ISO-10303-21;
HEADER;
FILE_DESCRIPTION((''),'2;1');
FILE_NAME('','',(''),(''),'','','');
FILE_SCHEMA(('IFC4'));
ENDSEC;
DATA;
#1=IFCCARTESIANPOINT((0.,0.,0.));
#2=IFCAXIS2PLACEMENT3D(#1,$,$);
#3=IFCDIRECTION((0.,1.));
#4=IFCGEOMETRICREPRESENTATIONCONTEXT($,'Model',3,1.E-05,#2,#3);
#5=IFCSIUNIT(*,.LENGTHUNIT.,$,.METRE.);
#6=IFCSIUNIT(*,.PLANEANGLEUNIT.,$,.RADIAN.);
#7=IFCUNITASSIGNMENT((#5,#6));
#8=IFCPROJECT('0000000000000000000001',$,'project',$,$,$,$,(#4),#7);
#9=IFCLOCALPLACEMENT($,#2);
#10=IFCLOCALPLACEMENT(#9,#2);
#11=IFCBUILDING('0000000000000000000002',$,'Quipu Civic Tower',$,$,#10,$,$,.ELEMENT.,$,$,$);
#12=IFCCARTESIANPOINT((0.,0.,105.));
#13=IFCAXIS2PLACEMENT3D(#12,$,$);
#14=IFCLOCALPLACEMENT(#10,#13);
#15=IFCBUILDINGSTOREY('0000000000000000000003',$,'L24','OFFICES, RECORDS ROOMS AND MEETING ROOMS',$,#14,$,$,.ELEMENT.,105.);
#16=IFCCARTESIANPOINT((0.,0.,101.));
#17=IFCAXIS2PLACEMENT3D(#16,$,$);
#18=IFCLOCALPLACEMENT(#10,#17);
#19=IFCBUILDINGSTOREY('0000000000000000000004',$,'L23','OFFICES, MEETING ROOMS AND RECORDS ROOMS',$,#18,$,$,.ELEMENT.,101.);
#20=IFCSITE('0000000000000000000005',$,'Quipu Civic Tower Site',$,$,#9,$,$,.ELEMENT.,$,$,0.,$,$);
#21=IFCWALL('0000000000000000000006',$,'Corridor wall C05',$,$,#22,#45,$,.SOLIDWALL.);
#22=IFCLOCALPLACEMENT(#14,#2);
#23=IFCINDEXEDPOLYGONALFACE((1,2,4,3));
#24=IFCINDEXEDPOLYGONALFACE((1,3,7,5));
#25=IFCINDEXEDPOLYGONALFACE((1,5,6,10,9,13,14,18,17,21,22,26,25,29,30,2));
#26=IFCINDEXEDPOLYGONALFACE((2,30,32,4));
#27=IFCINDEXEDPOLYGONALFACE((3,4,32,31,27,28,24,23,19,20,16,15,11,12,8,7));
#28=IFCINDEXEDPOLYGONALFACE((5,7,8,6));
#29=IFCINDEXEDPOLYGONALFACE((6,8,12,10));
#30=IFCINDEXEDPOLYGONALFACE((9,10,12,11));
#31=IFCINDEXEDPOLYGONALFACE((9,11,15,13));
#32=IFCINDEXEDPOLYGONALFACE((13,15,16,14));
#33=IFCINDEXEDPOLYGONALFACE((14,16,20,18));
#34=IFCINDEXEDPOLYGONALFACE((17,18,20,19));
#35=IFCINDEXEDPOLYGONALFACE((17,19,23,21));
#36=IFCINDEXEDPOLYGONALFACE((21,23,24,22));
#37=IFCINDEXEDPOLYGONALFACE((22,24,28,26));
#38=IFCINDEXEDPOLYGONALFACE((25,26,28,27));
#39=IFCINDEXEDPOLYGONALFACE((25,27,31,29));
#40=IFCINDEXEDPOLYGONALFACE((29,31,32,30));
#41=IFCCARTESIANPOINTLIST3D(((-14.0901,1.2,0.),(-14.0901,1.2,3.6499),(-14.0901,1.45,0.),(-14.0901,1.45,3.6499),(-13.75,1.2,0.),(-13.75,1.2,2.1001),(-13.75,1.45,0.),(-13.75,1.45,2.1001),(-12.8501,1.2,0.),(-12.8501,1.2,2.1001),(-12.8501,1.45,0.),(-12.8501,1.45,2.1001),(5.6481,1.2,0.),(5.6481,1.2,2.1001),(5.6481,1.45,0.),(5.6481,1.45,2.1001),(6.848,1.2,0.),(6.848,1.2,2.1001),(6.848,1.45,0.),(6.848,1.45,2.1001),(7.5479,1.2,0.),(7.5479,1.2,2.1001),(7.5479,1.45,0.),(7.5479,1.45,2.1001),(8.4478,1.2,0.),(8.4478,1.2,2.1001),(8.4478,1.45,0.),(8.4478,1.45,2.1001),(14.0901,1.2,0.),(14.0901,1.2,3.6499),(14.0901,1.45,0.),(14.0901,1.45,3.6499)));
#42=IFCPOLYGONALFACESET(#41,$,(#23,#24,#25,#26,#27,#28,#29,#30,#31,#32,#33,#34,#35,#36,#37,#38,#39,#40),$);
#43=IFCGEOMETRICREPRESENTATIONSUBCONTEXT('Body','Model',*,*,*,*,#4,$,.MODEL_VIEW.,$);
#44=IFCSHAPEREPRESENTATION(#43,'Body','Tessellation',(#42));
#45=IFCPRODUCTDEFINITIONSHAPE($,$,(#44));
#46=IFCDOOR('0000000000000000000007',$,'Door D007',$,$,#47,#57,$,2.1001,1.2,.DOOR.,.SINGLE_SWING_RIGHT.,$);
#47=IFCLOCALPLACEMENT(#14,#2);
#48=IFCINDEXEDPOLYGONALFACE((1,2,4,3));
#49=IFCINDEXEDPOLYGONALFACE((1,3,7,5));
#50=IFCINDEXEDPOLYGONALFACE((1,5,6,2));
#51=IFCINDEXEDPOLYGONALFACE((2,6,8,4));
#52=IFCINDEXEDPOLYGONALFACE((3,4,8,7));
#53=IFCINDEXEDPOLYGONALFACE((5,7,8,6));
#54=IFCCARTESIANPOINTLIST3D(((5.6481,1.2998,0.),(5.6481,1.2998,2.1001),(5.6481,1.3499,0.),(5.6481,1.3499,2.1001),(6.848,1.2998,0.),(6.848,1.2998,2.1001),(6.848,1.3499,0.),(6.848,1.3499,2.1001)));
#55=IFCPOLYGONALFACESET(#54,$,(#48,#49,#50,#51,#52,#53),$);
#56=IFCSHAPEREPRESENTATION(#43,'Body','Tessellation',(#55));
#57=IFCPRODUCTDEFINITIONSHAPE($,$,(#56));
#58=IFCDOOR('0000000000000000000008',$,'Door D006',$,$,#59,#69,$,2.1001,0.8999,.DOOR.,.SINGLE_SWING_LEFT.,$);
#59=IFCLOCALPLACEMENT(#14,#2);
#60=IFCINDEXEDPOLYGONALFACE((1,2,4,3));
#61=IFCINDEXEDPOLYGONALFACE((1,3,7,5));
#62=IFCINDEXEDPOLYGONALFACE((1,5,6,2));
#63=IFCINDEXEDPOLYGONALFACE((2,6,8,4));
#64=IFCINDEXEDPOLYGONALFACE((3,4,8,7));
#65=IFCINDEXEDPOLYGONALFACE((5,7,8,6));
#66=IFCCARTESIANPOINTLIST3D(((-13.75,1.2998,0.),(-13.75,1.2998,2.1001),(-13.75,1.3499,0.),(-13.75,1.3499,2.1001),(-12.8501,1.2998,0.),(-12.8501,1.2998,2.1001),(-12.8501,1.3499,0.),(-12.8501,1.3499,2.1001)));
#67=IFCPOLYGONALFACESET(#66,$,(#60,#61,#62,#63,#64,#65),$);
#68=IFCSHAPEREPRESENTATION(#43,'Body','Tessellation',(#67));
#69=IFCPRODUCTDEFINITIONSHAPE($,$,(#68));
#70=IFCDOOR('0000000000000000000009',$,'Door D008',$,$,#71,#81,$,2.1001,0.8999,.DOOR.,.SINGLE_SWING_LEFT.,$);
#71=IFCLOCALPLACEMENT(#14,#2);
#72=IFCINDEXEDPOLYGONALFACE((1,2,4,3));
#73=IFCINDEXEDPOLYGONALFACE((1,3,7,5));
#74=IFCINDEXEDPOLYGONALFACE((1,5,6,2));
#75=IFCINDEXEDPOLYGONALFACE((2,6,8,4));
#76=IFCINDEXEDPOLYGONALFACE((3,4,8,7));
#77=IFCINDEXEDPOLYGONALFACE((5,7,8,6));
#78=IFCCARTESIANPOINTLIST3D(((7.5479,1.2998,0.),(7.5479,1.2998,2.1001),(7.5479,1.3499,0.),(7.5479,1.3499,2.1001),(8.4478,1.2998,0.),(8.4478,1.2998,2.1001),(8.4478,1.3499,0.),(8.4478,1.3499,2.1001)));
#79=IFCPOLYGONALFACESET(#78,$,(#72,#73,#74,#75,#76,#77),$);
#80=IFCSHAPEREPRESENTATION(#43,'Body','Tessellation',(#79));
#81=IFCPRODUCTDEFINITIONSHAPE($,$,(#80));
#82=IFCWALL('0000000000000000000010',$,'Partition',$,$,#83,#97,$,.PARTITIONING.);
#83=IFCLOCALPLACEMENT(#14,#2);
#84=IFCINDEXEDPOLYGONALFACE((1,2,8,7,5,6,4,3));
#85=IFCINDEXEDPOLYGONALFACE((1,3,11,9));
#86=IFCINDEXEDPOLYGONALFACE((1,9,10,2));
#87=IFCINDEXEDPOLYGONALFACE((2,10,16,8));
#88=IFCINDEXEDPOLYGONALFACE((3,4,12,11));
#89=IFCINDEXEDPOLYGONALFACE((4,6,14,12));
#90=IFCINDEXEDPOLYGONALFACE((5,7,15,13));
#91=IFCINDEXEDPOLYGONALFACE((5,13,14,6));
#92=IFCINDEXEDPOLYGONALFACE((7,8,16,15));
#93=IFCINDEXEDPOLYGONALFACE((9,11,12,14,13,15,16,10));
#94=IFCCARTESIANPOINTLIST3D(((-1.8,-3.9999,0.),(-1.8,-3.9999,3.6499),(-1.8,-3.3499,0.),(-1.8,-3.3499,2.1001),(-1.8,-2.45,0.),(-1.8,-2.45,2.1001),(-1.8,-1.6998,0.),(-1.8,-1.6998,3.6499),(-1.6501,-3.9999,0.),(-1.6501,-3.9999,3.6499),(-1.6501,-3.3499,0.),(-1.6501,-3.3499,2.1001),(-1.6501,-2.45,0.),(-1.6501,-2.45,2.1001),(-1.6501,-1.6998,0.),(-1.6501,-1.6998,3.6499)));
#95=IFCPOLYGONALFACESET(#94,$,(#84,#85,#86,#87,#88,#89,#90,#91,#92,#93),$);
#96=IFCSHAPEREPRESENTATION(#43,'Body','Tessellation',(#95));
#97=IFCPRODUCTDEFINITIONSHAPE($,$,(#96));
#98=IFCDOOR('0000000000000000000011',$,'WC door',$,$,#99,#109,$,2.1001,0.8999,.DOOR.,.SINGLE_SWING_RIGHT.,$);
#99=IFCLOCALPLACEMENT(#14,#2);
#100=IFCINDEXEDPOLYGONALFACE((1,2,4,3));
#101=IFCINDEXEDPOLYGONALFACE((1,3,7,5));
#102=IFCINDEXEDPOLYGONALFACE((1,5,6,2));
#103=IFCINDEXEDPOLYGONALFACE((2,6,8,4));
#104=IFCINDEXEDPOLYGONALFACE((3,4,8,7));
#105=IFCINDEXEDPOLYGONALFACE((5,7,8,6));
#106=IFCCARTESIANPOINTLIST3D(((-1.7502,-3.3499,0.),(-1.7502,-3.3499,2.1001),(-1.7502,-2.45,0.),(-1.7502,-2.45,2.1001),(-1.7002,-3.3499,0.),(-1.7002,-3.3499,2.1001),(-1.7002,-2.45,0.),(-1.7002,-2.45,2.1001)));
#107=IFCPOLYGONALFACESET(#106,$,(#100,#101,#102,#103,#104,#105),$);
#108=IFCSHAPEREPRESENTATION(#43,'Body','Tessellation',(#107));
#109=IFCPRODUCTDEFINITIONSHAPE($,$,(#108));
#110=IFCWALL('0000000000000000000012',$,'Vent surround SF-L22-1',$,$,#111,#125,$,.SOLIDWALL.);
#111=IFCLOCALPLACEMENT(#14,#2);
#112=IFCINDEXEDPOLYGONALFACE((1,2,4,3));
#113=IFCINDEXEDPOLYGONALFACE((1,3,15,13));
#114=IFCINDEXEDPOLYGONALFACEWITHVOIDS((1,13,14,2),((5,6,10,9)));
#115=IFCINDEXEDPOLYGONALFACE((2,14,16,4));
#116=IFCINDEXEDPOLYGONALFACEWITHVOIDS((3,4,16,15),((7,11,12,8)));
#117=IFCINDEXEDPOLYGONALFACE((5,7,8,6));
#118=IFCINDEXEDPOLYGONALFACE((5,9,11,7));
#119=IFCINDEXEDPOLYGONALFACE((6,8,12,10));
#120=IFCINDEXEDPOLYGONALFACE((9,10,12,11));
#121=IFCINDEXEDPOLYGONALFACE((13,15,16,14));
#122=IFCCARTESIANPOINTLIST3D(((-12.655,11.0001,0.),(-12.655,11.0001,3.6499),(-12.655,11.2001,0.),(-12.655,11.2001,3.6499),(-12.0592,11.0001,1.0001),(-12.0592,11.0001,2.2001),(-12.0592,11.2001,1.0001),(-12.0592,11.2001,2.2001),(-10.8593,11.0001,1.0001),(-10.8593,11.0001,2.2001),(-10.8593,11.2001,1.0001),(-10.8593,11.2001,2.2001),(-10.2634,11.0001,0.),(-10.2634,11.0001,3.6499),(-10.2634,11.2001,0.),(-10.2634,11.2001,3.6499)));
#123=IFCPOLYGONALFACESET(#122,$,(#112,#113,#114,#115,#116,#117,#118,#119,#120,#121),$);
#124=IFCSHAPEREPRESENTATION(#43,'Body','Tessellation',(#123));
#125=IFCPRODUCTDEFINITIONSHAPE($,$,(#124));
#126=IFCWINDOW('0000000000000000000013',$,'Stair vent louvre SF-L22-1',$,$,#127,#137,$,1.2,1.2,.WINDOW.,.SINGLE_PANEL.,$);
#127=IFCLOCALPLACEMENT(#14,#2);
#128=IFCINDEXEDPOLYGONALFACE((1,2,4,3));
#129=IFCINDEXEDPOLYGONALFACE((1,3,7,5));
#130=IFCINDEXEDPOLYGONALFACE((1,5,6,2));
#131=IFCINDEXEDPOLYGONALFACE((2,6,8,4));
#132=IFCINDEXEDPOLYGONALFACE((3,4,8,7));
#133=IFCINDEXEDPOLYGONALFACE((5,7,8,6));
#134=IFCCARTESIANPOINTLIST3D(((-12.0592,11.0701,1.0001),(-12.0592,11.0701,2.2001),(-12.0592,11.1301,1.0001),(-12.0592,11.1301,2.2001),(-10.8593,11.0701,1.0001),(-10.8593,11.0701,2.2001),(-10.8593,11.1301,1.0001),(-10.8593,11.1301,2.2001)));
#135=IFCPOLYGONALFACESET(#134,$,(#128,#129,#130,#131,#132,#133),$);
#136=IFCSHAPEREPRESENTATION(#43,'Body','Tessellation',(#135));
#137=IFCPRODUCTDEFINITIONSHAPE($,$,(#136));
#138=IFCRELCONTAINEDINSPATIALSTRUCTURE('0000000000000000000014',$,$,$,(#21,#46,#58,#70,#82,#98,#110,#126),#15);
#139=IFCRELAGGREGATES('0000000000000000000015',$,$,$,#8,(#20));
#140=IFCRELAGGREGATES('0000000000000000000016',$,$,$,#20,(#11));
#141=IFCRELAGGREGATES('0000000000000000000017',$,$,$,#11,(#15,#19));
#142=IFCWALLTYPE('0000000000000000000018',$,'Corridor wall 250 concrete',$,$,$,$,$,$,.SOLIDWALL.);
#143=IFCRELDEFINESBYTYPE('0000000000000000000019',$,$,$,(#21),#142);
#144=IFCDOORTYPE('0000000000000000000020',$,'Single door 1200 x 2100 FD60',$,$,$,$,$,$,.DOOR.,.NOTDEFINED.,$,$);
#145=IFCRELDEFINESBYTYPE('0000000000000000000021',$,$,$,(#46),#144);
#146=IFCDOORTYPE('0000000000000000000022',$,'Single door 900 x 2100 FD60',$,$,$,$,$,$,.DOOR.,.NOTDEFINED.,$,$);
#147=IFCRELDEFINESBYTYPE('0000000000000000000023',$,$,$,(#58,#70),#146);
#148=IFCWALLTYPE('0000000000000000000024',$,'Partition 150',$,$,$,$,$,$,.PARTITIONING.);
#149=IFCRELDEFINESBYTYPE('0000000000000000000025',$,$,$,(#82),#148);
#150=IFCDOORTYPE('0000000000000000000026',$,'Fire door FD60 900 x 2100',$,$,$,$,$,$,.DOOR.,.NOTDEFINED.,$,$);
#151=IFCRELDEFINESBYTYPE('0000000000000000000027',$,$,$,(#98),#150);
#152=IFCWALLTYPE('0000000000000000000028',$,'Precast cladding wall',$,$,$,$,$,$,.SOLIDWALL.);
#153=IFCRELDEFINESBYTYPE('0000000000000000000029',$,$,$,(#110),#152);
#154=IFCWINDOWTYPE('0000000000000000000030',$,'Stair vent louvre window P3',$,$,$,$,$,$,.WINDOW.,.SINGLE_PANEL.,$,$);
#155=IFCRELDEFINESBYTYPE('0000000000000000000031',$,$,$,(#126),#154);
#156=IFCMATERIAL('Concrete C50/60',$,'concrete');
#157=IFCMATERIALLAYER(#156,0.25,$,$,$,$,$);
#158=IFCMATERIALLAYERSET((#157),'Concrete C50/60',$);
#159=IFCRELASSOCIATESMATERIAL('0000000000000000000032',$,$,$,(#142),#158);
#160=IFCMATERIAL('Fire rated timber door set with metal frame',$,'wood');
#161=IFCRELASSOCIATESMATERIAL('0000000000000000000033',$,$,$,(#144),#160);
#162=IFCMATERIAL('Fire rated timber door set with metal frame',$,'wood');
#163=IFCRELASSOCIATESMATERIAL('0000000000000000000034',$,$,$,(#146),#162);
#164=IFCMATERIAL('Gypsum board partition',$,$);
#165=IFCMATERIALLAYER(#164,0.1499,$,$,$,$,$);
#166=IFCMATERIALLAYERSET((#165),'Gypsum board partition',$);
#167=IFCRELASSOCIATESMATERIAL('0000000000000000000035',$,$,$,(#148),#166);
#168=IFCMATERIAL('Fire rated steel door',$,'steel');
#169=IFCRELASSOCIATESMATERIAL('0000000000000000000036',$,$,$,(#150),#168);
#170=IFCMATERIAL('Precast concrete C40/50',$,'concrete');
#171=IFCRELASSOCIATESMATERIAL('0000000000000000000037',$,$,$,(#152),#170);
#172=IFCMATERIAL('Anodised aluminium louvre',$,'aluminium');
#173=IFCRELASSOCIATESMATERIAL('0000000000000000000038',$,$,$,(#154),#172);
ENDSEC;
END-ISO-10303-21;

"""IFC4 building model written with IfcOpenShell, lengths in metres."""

from ifc_helpers import new_model, si_unit, direction, frame, frame_2d, origin, place, context, subcontext, project, spatial, rectangle, extrude, material, layer, layer_set, type_object, element, fill, save


model = new_model("IFC4")

# Units and contexts
model_context = context("Model", 3, precision=1e-05, world=origin(), true_north=direction((0.0, 1.0)))
body_context = subcontext(model_context, "Body", "Model", "MODEL_VIEW")
ifc_project = project(units=[si_unit("LENGTHUNIT", "METRE"), si_unit("PLANEANGLEUNIT", "RADIAN")], contexts=[model_context])

# Site, building, storey
site_placement = place(None, origin())
site = spatial("IfcSite", under=ifc_project, at=site_placement, Name="Quipu Civic Tower Site", CompositionType="ELEMENT", RefElevation=0.0)
building_placement = place(site_placement, origin())
building = spatial("IfcBuilding", under=site, at=building_placement, Name="Quipu Civic Tower", CompositionType="ELEMENT")
storey_1_placement = place(building_placement, frame((0.0, 0.0, 105.0)))
storey_1 = spatial("IfcBuildingStorey", under=building, at=storey_1_placement, Name="L24", Description="OFFICES, RECORDS ROOMS AND MEETING ROOMS", CompositionType="ELEMENT", Elevation=105.0)

# Shared definitions
storey_2_placement = place(building_placement, frame((0.0, 0.0, 101.0)))
storey_2 = spatial("IfcBuildingStorey", under=building, at=storey_2_placement, Name="L23", Description="OFFICES, MEETING ROOMS AND RECORDS ROOMS", CompositionType="ELEMENT", Elevation=101.0)

# Wall, openings, doors
ifc_material_1 = material(Name="Concrete C50/60", Category="concrete")
ifc_layer_1 = layer(ifc_material_1, 0.25)
ifc_layer_set_1 = layer_set([ifc_layer_1], Name="Concrete C50/60")
wall_type_1 = type_object("IfcWallType", Name="Corridor wall 250 concrete", PredefinedType="SOLIDWALL", material=ifc_layer_set_1)
wall_1_placement = place(storey_1_placement, frame((-14.0901, 1.325, 0.0), z_axis=(0.0, 0.0, 1.0), x_axis=(1.0, 0.0, 0.0)))
wall_1 = element("IfcWall", 1, at=wall_1_placement, inside=storey_1, type_object=wall_type_1, Name="Corridor wall C05", PredefinedType="SOLIDWALL", context=body_context, shape_type="SweptSolid", body=[
    extrude(rectangle(XDim=28.1802, YDim=0.25, at=frame_2d((14.0901, 0.0))), origin(), (0.0, 0.0, 1.0), 3.6499),
])
opening_1_placement = place(wall_1_placement, frame((19.738, 0.0, 0.0)))
opening_1 = element("IfcOpeningElement", 2, at=opening_1_placement, cuts=wall_1, PredefinedType="OPENING", context=body_context, shape_type="SweptSolid", body=[
    extrude(rectangle(XDim=1.2, YDim=2.1001, at=frame_2d((0.6001, 1.05))), frame((0.0, 0.135, 0.0), z_axis=(0.0, -1.0, 0.0), x_axis=(1.0, 0.0, 0.0)), (0.0, 0.0, 1.0), 0.27),
])
opening_2_placement = place(wall_1_placement, frame((0.3401, 0.0, 0.0)))
opening_2 = element("IfcOpeningElement", 3, at=opening_2_placement, cuts=wall_1, PredefinedType="OPENING", context=body_context, shape_type="SweptSolid", body=[
    extrude(rectangle(XDim=0.8999, YDim=2.1001, at=frame_2d((0.45, 1.05))), frame((0.0, 0.135, 0.0), z_axis=(0.0, -1.0, 0.0), x_axis=(1.0, 0.0, 0.0)), (0.0, 0.0, 1.0), 0.27),
])
opening_3_placement = place(wall_1_placement, frame((21.6379, 0.0, 0.0)))
opening_3 = element("IfcOpeningElement", 4, at=opening_3_placement, cuts=wall_1, PredefinedType="OPENING", context=body_context, shape_type="SweptSolid", body=[
    extrude(rectangle(XDim=0.8999, YDim=2.1001, at=frame_2d((0.45, 1.05))), frame((0.0, 0.135, 0.0), z_axis=(0.0, -1.0, 0.0), x_axis=(1.0, 0.0, 0.0)), (0.0, 0.0, 1.0), 0.27),
])
ifc_material_2 = material(Name="Fire rated timber door set with metal frame", Category="wood")
door_type_1 = type_object("IfcDoorType", Name="Single door 1200 x 2100 FD60", OperationType="NOTDEFINED", PredefinedType="DOOR", material=ifc_material_2)
door_1_placement = place(opening_1_placement, origin())
door_1 = element("IfcDoor", 5, at=door_1_placement, inside=storey_1, type_object=door_type_1, Name="Door D007", OperationType="SINGLE_SWING_RIGHT", OverallHeight=2.1001, OverallWidth=1.2, PredefinedType="DOOR", context=body_context, shape_type="SweptSolid", body=[
    extrude(rectangle(XDim=1.2, YDim=2.1001, at=frame_2d((0.6001, 1.05))), frame((0.0, 0.0249, 0.0), z_axis=(0.0, -1.0, 0.0), x_axis=(1.0, 0.0, 0.0)), (0.0, 0.0, 1.0), 0.05),
])
fill(opening_1, door_1)
ifc_material_3 = material(Name="Fire rated timber door set with metal frame", Category="wood")
door_type_2 = type_object("IfcDoorType", Name="Single door 900 x 2100 FD60", OperationType="NOTDEFINED", PredefinedType="DOOR", material=ifc_material_3)
door_2_placement = place(opening_2_placement, origin())
door_2 = element("IfcDoor", 6, at=door_2_placement, inside=storey_1, type_object=door_type_2, Name="Door D006", OperationType="SINGLE_SWING_LEFT", OverallHeight=2.1001, OverallWidth=0.8999, PredefinedType="DOOR", context=body_context, shape_type="SweptSolid", body=[
    extrude(rectangle(XDim=0.8999, YDim=2.1001, at=frame_2d((0.45, 1.05))), frame((0.0, 0.0249, 0.0), z_axis=(0.0, -1.0, 0.0), x_axis=(1.0, 0.0, 0.0)), (0.0, 0.0, 1.0), 0.05),
])
fill(opening_2, door_2)
door_3_placement = place(opening_3_placement, origin())
door_3 = element("IfcDoor", 7, at=door_3_placement, inside=storey_1, type_object=door_type_2, Name="Door D008", OperationType="SINGLE_SWING_LEFT", OverallHeight=2.1001, OverallWidth=0.8999, PredefinedType="DOOR", context=body_context, shape_type="SweptSolid", body=[
    extrude(rectangle(XDim=0.8999, YDim=2.1001, at=frame_2d((0.45, 1.05))), frame((0.0, 0.0249, 0.0), z_axis=(0.0, -1.0, 0.0), x_axis=(1.0, 0.0, 0.0)), (0.0, 0.0, 1.0), 0.05),
])
fill(opening_3, door_3)

# Wall, opening, door
ifc_material_4 = material(Name="Gypsum board partition")
ifc_layer_2 = layer(ifc_material_4, 0.1499)
ifc_layer_set_2 = layer_set([ifc_layer_2], Name="Gypsum board partition")
wall_type_2 = type_object("IfcWallType", Name="Partition 150", PredefinedType="PARTITIONING", material=ifc_layer_set_2)
wall_2_placement = place(storey_1_placement, frame((-1.7251, -1.7, 0.0), z_axis=(0.0, 0.0, 1.0), x_axis=(0.0, -1.0, 0.0)))
wall_2 = element("IfcWall", 8, at=wall_2_placement, inside=storey_1, type_object=wall_type_2, Name="Partition", PredefinedType="PARTITIONING", context=body_context, shape_type="SweptSolid", body=[
    extrude(rectangle(XDim=2.3, YDim=0.1499, at=frame_2d((1.1499, 0.0))), origin(), (0.0, 0.0, 1.0), 3.6499),
])
opening_4_placement = place(wall_2_placement, frame((0.75, 0.0, 0.0)))
opening_4 = element("IfcOpeningElement", 9, at=opening_4_placement, cuts=wall_2, PredefinedType="OPENING", context=body_context, shape_type="SweptSolid", body=[
    extrude(rectangle(XDim=0.8999, YDim=2.1001, at=frame_2d((0.45, 1.05))), frame((0.0, 0.085, 0.0), z_axis=(0.0, -1.0, 0.0), x_axis=(1.0, 0.0, 0.0)), (0.0, 0.0, 1.0), 0.1699),
])
ifc_material_5 = material(Name="Fire rated steel door", Category="steel")
door_type_3 = type_object("IfcDoorType", Name="Fire door FD60 900 x 2100", OperationType="NOTDEFINED", PredefinedType="DOOR", material=ifc_material_5)
door_4_placement = place(opening_4_placement, origin())
door_4 = element("IfcDoor", 10, at=door_4_placement, inside=storey_1, type_object=door_type_3, Name="WC door", OperationType="SINGLE_SWING_RIGHT", OverallHeight=2.1001, OverallWidth=0.8999, PredefinedType="DOOR", context=body_context, shape_type="SweptSolid", body=[
    extrude(rectangle(XDim=0.8999, YDim=2.1001, at=frame_2d((0.45, 1.05))), frame((0.0, 0.0249, 0.0), z_axis=(0.0, -1.0, 0.0), x_axis=(1.0, 0.0, 0.0)), (0.0, 0.0, 1.0), 0.05),
])
fill(opening_4, door_4)

# Wall, opening, window
ifc_material_6 = material(Name="Precast concrete C40/50", Category="concrete")
wall_type_3 = type_object("IfcWallType", Name="Precast cladding wall", PredefinedType="SOLIDWALL", material=ifc_material_6)
wall_3_placement = place(storey_1_placement, frame((-10.2634, 11.1001, 0.0), z_axis=(0.0, 0.0, 1.0), x_axis=(-1.0, 0.0, 0.0)))
wall_3 = element("IfcWall", 11, at=wall_3_placement, inside=storey_1, type_object=wall_type_3, Name="Vent surround SF-L22-1", PredefinedType="SOLIDWALL", context=body_context, shape_type="SweptSolid", body=[
    extrude(rectangle(XDim=2.3916, YDim=0.2, at=frame_2d((1.1958, 0.0))), origin(), (0.0, 0.0, 1.0), 3.6499),
])
opening_5_placement = place(wall_3_placement, frame((0.5957, 0.0, 1.0)))
opening_5 = element("IfcOpeningElement", 12, at=opening_5_placement, cuts=wall_3, PredefinedType="OPENING", context=body_context, shape_type="SweptSolid", body=[
    extrude(rectangle(XDim=1.2, YDim=1.2, at=frame_2d((0.6001, 0.6001))), frame((0.0, 0.1099, 0.0), z_axis=(0.0, -1.0, 0.0), x_axis=(1.0, 0.0, 0.0)), (0.0, 0.0, 1.0), 0.22),
])
ifc_material_7 = material(Name="Anodised aluminium louvre", Category="aluminium")
window_type = type_object("IfcWindowType", Name="Stair vent louvre window P3", PartitioningType="SINGLE_PANEL", PredefinedType="WINDOW", material=ifc_material_7)
window_placement = place(opening_5_placement, origin())
window = element("IfcWindow", 13, at=window_placement, inside=storey_1, type_object=window_type, Name="Stair vent louvre SF-L22-1", OverallHeight=1.2, OverallWidth=1.2, PartitioningType="SINGLE_PANEL", PredefinedType="WINDOW", context=body_context, shape_type="SweptSolid", body=[
    extrude(rectangle(XDim=1.2, YDim=1.2, at=frame_2d((0.6001, 0.6001))), frame((0.0, 0.03, 0.0), z_axis=(0.0, -1.0, 0.0), x_axis=(1.0, 0.0, 0.0)), (0.0, 0.0, 1.0), 0.0601),
])
fill(opening_5, window)

save(model, "model.ifc")
